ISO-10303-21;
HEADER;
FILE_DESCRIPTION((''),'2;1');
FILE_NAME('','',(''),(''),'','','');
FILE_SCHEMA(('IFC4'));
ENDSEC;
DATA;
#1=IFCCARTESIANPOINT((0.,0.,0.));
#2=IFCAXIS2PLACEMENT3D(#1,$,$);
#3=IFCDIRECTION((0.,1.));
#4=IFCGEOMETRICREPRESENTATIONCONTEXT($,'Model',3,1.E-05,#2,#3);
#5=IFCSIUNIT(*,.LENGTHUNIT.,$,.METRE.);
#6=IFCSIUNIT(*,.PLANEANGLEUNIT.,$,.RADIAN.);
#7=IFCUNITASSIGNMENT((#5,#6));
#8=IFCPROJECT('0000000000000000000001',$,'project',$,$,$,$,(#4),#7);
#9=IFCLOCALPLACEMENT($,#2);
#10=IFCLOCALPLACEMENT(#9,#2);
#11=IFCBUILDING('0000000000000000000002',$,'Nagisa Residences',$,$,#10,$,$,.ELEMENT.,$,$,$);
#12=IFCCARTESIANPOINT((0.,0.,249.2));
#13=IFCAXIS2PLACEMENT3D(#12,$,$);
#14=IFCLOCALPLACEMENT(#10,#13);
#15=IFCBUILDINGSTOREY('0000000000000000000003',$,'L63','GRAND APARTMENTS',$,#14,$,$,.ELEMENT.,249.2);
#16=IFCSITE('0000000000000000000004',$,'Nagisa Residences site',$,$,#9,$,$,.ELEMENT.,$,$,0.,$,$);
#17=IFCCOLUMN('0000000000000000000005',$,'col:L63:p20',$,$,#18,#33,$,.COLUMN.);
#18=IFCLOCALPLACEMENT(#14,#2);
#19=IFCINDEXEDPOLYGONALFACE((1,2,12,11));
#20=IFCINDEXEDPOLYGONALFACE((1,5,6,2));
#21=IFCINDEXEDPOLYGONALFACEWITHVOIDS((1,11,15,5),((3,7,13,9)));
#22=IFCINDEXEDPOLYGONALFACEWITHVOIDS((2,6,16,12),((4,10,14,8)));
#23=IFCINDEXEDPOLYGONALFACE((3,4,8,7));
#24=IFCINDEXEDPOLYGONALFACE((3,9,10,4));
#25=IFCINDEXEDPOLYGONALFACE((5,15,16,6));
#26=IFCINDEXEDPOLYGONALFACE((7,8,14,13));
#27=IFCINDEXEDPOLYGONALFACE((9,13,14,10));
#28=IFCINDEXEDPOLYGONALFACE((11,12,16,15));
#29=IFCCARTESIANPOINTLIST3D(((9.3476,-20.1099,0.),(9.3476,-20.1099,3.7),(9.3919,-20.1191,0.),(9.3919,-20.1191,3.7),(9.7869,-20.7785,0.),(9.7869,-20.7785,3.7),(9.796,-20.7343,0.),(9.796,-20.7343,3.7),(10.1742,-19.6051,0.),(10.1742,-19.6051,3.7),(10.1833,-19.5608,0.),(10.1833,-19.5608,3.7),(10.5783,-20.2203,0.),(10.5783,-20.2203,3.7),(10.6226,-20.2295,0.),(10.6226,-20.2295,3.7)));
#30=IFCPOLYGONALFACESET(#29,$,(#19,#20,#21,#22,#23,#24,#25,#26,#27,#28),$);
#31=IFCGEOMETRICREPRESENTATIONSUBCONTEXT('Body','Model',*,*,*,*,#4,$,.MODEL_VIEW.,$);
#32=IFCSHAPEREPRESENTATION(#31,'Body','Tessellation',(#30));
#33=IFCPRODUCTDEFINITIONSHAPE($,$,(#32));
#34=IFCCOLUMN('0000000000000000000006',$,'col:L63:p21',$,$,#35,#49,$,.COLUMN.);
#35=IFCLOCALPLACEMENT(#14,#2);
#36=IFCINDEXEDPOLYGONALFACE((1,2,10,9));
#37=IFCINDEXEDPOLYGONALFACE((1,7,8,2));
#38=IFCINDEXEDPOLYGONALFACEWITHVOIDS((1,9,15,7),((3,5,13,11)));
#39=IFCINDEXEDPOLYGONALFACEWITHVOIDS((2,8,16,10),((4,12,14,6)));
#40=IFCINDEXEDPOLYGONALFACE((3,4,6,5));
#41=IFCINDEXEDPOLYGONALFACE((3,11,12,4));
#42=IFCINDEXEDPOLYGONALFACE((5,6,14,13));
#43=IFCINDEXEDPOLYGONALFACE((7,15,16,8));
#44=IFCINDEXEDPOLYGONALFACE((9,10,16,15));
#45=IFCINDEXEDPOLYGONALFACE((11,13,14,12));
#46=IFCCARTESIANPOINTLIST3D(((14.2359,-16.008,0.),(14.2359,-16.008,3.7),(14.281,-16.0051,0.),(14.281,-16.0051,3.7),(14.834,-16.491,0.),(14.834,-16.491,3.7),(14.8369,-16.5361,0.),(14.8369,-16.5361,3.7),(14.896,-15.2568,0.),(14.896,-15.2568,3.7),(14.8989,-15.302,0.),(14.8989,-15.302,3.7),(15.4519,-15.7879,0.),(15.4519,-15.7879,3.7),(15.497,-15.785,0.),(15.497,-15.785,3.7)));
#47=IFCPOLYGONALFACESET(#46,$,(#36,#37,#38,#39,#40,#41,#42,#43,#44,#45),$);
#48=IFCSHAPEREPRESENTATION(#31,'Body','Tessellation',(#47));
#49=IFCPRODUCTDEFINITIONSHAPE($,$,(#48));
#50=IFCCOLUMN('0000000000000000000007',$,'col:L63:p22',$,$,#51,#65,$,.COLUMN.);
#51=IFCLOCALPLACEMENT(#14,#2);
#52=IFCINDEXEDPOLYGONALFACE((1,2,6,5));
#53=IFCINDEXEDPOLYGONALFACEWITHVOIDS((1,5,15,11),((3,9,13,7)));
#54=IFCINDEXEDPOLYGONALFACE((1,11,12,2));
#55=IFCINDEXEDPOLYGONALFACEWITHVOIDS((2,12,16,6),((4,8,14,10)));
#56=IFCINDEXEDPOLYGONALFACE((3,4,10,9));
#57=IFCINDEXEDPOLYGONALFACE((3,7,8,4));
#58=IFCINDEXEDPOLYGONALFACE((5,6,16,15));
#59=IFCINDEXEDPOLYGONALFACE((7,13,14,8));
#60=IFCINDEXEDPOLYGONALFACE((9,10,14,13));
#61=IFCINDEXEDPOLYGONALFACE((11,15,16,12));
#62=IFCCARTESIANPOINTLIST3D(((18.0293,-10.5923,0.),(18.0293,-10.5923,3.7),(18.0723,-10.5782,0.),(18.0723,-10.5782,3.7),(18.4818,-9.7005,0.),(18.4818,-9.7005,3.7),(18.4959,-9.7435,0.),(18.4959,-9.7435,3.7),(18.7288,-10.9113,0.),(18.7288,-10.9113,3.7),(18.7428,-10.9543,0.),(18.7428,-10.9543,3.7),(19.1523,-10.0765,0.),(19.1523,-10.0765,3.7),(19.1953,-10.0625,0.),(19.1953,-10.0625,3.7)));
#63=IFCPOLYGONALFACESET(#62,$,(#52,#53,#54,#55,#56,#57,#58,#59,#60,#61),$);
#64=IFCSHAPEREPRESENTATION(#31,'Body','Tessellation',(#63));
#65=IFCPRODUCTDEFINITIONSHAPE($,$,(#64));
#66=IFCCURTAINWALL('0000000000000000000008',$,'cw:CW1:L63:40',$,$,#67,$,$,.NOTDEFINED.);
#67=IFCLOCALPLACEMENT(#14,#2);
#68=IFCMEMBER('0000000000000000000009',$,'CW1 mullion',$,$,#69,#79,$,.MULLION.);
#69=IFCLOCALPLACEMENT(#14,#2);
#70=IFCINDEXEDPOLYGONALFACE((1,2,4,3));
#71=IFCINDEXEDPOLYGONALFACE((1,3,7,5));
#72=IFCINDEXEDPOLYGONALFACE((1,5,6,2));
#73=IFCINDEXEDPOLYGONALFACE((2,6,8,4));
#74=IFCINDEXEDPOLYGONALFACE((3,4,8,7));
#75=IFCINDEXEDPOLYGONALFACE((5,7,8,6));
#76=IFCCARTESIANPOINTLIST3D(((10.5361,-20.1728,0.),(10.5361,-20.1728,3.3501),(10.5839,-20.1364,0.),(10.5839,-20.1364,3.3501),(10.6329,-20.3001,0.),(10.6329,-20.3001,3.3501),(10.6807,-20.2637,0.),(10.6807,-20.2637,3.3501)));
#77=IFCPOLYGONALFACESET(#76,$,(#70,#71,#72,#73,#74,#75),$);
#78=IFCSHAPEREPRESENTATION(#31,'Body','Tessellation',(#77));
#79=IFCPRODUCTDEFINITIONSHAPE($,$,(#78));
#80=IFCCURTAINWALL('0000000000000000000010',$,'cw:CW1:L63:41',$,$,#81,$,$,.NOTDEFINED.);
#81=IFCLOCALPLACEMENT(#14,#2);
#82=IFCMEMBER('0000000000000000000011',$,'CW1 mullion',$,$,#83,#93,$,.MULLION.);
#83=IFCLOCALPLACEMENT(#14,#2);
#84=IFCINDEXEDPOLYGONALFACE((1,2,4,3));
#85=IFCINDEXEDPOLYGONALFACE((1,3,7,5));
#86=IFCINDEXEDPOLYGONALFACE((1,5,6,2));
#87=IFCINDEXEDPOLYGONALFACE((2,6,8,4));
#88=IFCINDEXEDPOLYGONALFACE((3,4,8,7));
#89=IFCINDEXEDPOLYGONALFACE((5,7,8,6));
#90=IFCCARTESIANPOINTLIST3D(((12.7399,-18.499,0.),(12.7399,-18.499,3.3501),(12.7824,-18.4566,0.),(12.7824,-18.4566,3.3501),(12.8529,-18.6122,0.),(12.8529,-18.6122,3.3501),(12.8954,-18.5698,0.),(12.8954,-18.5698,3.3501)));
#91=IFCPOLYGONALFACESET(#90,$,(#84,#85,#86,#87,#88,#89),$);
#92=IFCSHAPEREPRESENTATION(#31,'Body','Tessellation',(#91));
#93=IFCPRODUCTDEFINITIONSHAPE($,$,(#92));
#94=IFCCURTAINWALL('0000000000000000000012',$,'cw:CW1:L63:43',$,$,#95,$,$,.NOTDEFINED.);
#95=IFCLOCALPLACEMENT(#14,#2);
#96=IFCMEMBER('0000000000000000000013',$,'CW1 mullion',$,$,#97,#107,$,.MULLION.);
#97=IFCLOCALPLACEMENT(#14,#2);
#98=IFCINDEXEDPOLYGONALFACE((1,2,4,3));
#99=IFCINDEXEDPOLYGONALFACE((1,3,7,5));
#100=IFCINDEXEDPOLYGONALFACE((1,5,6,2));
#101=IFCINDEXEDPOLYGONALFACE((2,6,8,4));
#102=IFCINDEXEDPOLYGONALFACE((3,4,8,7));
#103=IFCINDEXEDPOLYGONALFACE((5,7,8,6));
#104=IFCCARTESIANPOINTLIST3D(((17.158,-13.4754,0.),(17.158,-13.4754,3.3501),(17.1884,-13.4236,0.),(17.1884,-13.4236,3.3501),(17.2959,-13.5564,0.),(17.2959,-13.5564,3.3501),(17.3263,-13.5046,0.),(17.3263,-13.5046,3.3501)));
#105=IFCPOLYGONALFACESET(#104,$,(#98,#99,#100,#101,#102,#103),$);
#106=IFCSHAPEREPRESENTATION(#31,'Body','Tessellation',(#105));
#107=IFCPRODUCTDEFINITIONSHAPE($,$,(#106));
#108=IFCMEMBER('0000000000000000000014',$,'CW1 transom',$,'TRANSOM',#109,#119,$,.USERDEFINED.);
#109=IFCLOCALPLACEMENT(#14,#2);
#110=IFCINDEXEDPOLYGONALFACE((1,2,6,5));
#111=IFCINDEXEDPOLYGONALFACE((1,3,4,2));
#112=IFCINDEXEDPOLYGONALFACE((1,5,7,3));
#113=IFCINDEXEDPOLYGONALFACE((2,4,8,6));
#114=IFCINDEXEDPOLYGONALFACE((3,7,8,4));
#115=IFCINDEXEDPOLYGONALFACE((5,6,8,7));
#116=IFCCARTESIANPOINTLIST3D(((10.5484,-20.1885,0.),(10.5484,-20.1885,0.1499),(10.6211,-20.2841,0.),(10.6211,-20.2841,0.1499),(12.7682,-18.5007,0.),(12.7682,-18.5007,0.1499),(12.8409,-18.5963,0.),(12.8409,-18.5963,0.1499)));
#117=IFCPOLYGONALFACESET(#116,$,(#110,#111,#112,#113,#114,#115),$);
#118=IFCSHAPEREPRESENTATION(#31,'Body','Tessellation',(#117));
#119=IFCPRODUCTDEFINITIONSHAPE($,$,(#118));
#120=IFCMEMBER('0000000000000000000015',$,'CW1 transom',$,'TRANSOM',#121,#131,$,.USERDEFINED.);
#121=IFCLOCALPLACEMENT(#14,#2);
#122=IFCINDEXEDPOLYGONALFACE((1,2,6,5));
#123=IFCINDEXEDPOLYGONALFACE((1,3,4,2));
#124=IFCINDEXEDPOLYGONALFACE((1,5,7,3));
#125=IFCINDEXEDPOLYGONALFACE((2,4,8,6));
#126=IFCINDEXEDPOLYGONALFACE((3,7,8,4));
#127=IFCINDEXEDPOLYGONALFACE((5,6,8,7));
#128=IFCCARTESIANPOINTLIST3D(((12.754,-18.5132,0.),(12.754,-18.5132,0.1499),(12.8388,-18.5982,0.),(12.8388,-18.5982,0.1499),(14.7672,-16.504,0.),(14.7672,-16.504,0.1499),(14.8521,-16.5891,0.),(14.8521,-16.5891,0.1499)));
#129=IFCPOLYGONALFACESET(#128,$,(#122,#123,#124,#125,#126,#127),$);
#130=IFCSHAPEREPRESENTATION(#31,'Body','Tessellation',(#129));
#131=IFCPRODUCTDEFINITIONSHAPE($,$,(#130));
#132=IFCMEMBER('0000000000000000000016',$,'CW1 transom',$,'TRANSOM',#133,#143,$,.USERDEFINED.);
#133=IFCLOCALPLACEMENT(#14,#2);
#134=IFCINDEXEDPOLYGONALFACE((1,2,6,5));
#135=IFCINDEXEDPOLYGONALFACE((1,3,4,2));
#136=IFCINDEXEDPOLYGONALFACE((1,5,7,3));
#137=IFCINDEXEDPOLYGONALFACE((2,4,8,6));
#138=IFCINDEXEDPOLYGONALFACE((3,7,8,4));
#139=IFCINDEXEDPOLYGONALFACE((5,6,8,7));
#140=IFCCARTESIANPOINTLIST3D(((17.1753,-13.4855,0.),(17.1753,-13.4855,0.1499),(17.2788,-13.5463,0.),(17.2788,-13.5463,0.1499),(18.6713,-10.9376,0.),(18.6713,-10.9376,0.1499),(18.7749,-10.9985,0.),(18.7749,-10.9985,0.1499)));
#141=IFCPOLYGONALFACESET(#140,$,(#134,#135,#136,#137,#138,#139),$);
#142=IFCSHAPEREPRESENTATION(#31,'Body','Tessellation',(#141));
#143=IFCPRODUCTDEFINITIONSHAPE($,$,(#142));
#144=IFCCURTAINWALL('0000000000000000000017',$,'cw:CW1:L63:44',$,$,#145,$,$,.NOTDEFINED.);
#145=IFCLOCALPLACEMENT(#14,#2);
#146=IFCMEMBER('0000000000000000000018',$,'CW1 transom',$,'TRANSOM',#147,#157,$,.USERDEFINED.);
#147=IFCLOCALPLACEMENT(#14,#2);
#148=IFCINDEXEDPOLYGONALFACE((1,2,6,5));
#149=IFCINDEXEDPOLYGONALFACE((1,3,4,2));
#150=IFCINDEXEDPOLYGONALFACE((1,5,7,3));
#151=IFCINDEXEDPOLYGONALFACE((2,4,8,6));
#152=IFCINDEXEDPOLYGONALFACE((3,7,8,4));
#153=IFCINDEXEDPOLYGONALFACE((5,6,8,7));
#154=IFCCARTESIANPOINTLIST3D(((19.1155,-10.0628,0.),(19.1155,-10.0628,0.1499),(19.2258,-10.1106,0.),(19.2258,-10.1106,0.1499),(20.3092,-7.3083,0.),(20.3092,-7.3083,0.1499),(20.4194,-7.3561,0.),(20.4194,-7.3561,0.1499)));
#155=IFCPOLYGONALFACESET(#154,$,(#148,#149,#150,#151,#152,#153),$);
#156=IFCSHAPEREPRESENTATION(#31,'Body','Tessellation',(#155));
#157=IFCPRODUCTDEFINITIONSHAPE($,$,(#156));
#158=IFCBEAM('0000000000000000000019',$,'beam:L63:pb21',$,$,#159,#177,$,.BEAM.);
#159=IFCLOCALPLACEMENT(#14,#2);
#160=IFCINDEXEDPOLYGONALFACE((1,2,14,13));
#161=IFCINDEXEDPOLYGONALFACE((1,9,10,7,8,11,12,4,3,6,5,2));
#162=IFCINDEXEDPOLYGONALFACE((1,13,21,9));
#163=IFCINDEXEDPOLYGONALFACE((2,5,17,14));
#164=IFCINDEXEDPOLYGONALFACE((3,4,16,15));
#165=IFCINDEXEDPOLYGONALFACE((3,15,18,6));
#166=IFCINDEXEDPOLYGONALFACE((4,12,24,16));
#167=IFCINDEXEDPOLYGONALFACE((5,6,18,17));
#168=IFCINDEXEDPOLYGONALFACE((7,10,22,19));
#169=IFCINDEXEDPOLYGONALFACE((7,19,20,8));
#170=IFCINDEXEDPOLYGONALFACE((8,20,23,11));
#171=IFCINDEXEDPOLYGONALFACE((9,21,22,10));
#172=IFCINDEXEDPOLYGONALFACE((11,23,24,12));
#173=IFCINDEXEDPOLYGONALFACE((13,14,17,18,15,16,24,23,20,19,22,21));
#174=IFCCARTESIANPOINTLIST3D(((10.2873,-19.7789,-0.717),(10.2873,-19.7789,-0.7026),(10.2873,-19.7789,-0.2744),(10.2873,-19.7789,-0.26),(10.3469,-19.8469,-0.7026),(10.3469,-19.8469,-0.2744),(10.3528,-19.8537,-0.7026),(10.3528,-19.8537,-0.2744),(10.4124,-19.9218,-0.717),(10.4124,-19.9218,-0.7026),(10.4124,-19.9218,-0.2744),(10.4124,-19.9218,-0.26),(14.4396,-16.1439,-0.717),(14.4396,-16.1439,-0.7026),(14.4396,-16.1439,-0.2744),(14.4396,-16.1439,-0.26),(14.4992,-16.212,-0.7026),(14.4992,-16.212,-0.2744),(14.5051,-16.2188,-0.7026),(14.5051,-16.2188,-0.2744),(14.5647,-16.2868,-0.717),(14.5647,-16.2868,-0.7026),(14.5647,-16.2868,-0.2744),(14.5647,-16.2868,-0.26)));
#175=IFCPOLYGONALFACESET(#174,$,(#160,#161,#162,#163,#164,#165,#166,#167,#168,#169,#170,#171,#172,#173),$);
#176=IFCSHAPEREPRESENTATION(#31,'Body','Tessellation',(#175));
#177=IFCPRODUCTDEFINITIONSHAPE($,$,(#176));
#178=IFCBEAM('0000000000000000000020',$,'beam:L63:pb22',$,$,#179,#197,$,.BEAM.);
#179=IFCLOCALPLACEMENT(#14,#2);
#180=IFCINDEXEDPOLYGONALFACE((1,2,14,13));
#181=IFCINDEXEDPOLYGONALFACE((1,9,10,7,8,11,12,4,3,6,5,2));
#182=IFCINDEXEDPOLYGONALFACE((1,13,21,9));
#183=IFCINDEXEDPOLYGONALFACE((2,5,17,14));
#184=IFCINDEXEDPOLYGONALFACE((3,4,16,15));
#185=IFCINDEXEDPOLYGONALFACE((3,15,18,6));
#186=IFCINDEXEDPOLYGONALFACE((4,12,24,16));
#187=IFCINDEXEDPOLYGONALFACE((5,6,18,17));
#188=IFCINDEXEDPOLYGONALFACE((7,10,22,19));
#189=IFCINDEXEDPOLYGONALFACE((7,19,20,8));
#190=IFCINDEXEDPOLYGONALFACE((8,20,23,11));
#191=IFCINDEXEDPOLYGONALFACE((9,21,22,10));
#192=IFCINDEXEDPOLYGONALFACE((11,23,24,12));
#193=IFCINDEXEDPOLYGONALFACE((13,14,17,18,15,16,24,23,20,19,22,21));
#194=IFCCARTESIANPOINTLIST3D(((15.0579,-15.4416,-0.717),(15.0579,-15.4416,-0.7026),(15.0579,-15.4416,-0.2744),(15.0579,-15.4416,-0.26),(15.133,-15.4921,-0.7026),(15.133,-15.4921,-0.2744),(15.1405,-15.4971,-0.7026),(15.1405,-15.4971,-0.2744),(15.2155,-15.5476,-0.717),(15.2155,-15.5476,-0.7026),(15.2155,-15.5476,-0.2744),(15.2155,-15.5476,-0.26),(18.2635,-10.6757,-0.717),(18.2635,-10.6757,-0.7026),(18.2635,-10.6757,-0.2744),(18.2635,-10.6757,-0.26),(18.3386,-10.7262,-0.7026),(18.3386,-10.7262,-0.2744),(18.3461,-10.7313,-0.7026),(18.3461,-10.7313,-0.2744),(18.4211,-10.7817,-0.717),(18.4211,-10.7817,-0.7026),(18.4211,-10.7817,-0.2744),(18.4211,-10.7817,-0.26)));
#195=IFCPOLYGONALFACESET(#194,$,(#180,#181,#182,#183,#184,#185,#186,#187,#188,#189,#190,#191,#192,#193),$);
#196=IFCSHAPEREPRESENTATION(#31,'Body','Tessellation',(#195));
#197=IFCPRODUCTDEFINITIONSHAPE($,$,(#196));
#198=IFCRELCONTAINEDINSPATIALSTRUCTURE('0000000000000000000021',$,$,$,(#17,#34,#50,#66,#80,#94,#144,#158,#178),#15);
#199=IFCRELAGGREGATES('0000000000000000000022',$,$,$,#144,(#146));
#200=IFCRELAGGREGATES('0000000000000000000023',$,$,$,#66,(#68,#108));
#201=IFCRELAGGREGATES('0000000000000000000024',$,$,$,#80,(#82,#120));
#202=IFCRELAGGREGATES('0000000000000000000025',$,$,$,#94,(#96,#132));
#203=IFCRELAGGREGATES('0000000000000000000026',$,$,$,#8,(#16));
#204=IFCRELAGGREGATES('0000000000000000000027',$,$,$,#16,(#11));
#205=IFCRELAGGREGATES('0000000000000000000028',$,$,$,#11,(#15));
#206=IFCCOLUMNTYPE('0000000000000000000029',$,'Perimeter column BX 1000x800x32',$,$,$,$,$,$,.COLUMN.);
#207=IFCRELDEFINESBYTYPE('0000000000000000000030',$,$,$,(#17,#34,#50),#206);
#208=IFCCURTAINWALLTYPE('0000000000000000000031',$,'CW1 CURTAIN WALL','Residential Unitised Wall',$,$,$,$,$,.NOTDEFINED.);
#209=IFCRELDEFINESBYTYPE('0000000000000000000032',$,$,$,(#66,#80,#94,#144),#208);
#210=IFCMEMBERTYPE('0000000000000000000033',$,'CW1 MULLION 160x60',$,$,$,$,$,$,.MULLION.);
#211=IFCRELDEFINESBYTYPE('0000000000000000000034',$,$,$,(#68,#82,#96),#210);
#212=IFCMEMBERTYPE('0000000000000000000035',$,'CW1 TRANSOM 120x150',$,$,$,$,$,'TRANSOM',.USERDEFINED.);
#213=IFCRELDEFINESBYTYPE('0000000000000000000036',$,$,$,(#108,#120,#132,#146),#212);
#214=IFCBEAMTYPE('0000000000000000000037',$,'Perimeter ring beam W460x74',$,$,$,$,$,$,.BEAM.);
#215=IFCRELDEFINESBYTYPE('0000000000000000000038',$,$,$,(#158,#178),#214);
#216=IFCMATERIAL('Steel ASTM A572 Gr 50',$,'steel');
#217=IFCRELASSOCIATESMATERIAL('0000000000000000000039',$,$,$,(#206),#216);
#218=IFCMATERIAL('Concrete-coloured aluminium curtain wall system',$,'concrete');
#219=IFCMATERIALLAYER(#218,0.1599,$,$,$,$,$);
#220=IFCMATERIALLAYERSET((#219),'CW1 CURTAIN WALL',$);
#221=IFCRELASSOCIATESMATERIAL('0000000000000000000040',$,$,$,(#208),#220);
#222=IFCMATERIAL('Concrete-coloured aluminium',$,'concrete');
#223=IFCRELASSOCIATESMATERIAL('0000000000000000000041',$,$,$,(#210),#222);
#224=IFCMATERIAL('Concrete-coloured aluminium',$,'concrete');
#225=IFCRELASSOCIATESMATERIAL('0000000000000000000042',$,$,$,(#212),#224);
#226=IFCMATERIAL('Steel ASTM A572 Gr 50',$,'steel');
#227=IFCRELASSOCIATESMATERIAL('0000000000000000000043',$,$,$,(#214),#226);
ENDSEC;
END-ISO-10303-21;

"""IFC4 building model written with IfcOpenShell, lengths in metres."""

from ifc_helpers import new_model, si_unit, direction, frame, origin, origin_2d, place, context, subcontext, project, spatial, rectangle, hollow_rectangle, i_section, extrude, material, layer, layer_set, material_profile, profile_set, type_object, element, aggregate, save


model = new_model("IFC4")

# Units and contexts
model_context = context("Model", 3, precision=1e-05, world=origin(), true_north=direction((0.0, 1.0)))
body_context = subcontext(model_context, "Body", "Model", "MODEL_VIEW")
ifc_project = project(units=[si_unit("LENGTHUNIT", "METRE"), si_unit("PLANEANGLEUNIT", "RADIAN")], contexts=[model_context])

# Site, building, storey
site_placement = place(None, origin())
site = spatial("IfcSite", under=ifc_project, at=site_placement, Name="Nagisa Residences site", CompositionType="ELEMENT", RefElevation=0.0)
building_placement = place(site_placement, origin())
building = spatial("IfcBuilding", under=site, at=building_placement, Name="Nagisa Residences", CompositionType="ELEMENT")
storey_placement = place(building_placement, frame((0.0, 0.0, 249.2)))
storey = spatial("IfcBuildingStorey", under=building, at=storey_placement, Name="L63", Description="GRAND APARTMENTS", CompositionType="ELEMENT", Elevation=249.2)

# Columns
ifc_material_1 = material(Name="Steel ASTM A572 Gr 50", Category="steel")
ifc_material_profile_1 = material_profile(ifc_material_1, hollow_rectangle(XDim=1.0, YDim=0.8, WallThickness=0.032, at=origin_2d()), Name="BX 1000x800x32")
ifc_profile_set_1 = profile_set([ifc_material_profile_1], Name="Steel ASTM A572 Gr 50")
column_type = type_object("IfcColumnType", Name="Perimeter column BX 1000x800x32", PredefinedType="COLUMN", material=ifc_profile_set_1)
for number, where, z_axis, x_axis, name in (
    (1, (9.9851, -20.1697, 0.0), (0.0, 0.0, 1.0), (0.835766, 0.549086, 0.0), "col:L63:p20"),
    (2, (14.8665, -15.8965, 0.0), (0.0, 0.0, 1.0), (0.660115, 0.751165, 0.0), "col:L63:p21"),
    (3, (18.6123, -10.3274, 0.0), (0.0, 0.0, 1.0), (0.452463, 0.891783, 0.0), "col:L63:p22"),
):
    element("IfcColumn", number, at=place(storey_placement, frame(where, z_axis=z_axis, x_axis=x_axis)), inside=storey, type_object=column_type, Name=name, PredefinedType="COLUMN", context=body_context, shape_type="SweptSolid", body=[
        extrude(hollow_rectangle(XDim=1.0, YDim=0.8, WallThickness=0.032, at=origin_2d()), origin(), (0.0, 0.0, 1.0), 3.7),
    ])

# Curtain walls, members
ifc_material_2 = material(Name="Concrete-coloured aluminium curtain wall system", Category="concrete")
ifc_layer_1 = layer(ifc_material_2, 0.1599)
ifc_layer_set_1 = layer_set([ifc_layer_1], Name="CW1 CURTAIN WALL")
curtain_wall_type = type_object("IfcCurtainWallType", Name="CW1 CURTAIN WALL", Description="Residential Unitised Wall", PredefinedType="NOTDEFINED", material=ifc_layer_set_1)
curtain_wall_1_placement = place(storey_placement, origin())
curtain_wall_1 = element("IfcCurtainWall", 4, at=curtain_wall_1_placement, inside=storey, type_object=curtain_wall_type, Name="cw:CW1:L63:40", PredefinedType="NOTDEFINED")
ifc_material_3 = material(Name="Concrete-coloured aluminium", Category="concrete")
ifc_material_profile_2 = material_profile(ifc_material_3, rectangle(XDim=0.1599, YDim=0.0601, at=origin_2d()), Name="CW1 MULLION 160x60")
ifc_profile_set_2 = profile_set([ifc_material_profile_2], Name="Concrete-coloured aluminium")
member_type_1 = type_object("IfcMemberType", Name="CW1 MULLION 160x60", PredefinedType="MULLION", material=ifc_profile_set_2)
member_1_placement = place(storey_placement, frame((10.6084, -20.2183, 0.0), z_axis=(0.0, 0.0, 1.0), x_axis=(-0.605255, 0.796031, 0.0)))
member_1 = element("IfcMember", 5, at=member_1_placement, type_object=member_type_1, Name="CW1 mullion", PredefinedType="MULLION", context=body_context, shape_type="SweptSolid", body=[
    extrude(rectangle(XDim=0.1599, YDim=0.0601, at=origin_2d()), origin(), (0.0, 0.0, 1.0), 3.3501),
])
curtain_wall_2_placement = place(storey_placement, origin())
curtain_wall_2 = element("IfcCurtainWall", 6, at=curtain_wall_2_placement, inside=storey, type_object=curtain_wall_type, Name="cw:CW1:L63:41", PredefinedType="NOTDEFINED")
member_2_placement = place(storey_placement, frame((12.8176, -18.5344, 0.0), z_axis=(0.0, 0.0, 1.0), x_axis=(-0.706377, 0.707836, 0.0)))
member_2 = element("IfcMember", 7, at=member_2_placement, type_object=member_type_1, Name="CW1 mullion", PredefinedType="MULLION", context=body_context, shape_type="SweptSolid", body=[
    extrude(rectangle(XDim=0.1599, YDim=0.0601, at=origin_2d()), origin(), (0.0, 0.0, 1.0), 3.3501),
])
curtain_wall_3_placement = place(storey_placement, origin())
curtain_wall_3 = element("IfcCurtainWall", 8, at=curtain_wall_3_placement, inside=storey, type_object=curtain_wall_type, Name="cw:CW1:L63:43", PredefinedType="NOTDEFINED")
member_3_placement = place(storey_placement, frame((17.2422, -13.49, 0.0), z_axis=(0.0, 0.0, 1.0), x_axis=(-0.862329, 0.506349, 0.0)))
member_3 = element("IfcMember", 9, at=member_3_placement, type_object=member_type_1, Name="CW1 mullion", PredefinedType="MULLION", context=body_context, shape_type="SweptSolid", body=[
    extrude(rectangle(XDim=0.1599, YDim=0.0601, at=origin_2d()), origin(), (0.0, 0.0, 1.0), 3.3501),
])

# Members
ifc_material_4 = material(Name="Concrete-coloured aluminium", Category="concrete")
ifc_material_profile_3 = material_profile(ifc_material_4, rectangle(XDim=0.1201, YDim=0.1499, at=origin_2d()), Name="CW1 TRANSOM 120x150")
ifc_profile_set_3 = profile_set([ifc_material_profile_3], Name="Concrete-coloured aluminium")
member_type_2 = type_object("IfcMemberType", Name="CW1 TRANSOM 120x150", ElementType="TRANSOM", PredefinedType="USERDEFINED", material=ifc_profile_set_3)
member_4_placement = place(storey_placement, frame((10.5847, -20.2363, 0.075), z_axis=(0.796032, 0.605254, 0.0), x_axis=(-0.605254, 0.796032, 0.0)))
member_4 = element("IfcMember", 10, at=member_4_placement, type_object=member_type_2, Name="CW1 transom", ObjectType="TRANSOM", PredefinedType="USERDEFINED", context=body_context, shape_type="SweptSolid", body=[
    extrude(rectangle(XDim=0.1201, YDim=0.1499, at=origin_2d()), origin(), (0.0, 0.0, 1.0), 2.7886),
])
member_5_placement = place(storey_placement, frame((12.7964, -18.5557, 0.075), z_axis=(0.707836, 0.706377, 0.0), x_axis=(-0.706377, 0.707836, 0.0)))
member_5 = element("IfcMember", 11, at=member_5_placement, type_object=member_type_2, Name="CW1 transom", ObjectType="TRANSOM", PredefinedType="USERDEFINED", context=body_context, shape_type="SweptSolid", body=[
    extrude(rectangle(XDim=0.1201, YDim=0.1499, at=origin_2d()), origin(), (0.0, 0.0, 1.0), 2.8442),
])
member_6_placement = place(storey_placement, frame((17.2271, -13.5159, 0.075), z_axis=(0.506356, 0.862325, 0.0), x_axis=(-0.862325, 0.506356, 0.0)))
member_6 = element("IfcMember", 12, at=member_6_placement, type_object=member_type_2, Name="CW1 transom", ObjectType="TRANSOM", PredefinedType="USERDEFINED", context=body_context, shape_type="SweptSolid", body=[
    extrude(rectangle(XDim=0.1201, YDim=0.1499, at=origin_2d()), origin(), (0.0, 0.0, 1.0), 2.9546),
])

# Curtain wall, member
curtain_wall_4_placement = place(storey_placement, origin())
curtain_wall_4 = element("IfcCurtainWall", 13, at=curtain_wall_4_placement, inside=storey, type_object=curtain_wall_type, Name="cw:CW1:L63:44", PredefinedType="NOTDEFINED")
member_7_placement = place(storey_placement, frame((19.1707, -10.0867, 0.075), z_axis=(0.397617, 0.917552, 0.0), x_axis=(-0.917552, 0.397617, 0.0)))
member_7 = element("IfcMember", 14, at=member_7_placement, type_object=member_type_2, Name="CW1 transom", ObjectType="TRANSOM", PredefinedType="USERDEFINED", context=body_context, shape_type="SweptSolid", body=[
    extrude(rectangle(XDim=0.1201, YDim=0.1499, at=origin_2d()), origin(), (0.0, 0.0, 1.0), 3.002),
])
aggregate(curtain_wall_4, [member_7])

# Beams
ifc_material_5 = material(Name="Steel ASTM A572 Gr 50", Category="steel")
ifc_material_profile_4 = material_profile(ifc_material_5, i_section(OverallWidth=0.1899, OverallDepth=0.457, WebThickness=0.009, FlangeThickness=0.0144, at=origin_2d()), Name="W460x74")
ifc_profile_set_4 = profile_set([ifc_material_profile_4], Name="Steel ASTM A572 Gr 50")
beam_type_1 = type_object("IfcBeamType", Name="Perimeter ring beam W460x74", PredefinedType="BEAM", material=ifc_profile_set_4)
beam_1_placement = place(storey_placement, frame((10.3499, -19.8503, -0.4885), z_axis=(0.752423, 0.65868, 0.0), x_axis=(-0.65868, 0.752423, 0.0)))
element("IfcBeam", 15, at=beam_1_placement, inside=storey, type_object=beam_type_1, Name="beam:L63:pb21", PredefinedType="BEAM", context=body_context, shape_type="SweptSolid", body=[
    extrude(i_section(OverallWidth=0.1899, OverallDepth=0.457, WebThickness=0.009, FlangeThickness=0.0144, at=origin_2d()), origin(), (0.0, 0.0, 1.0), 5.5186),
])
beam_2_placement = place(storey_placement, frame((15.1367, -15.4946, -0.4885), z_axis=(0.558109, 0.829768, 0.0), x_axis=(-0.829768, 0.558109, 0.0)))
element("IfcBeam", 16, at=beam_2_placement, inside=storey, type_object=beam_type_1, Name="beam:L63:pb22", PredefinedType="BEAM", context=body_context, shape_type="SweptSolid", body=[
    extrude(i_section(OverallWidth=0.1899, OverallDepth=0.457, WebThickness=0.009, FlangeThickness=0.0144, at=origin_2d()), origin(), (0.0, 0.0, 1.0), 5.7437),
])

aggregate(curtain_wall_1, [member_1, member_4])
aggregate(curtain_wall_2, [member_2, member_5])
aggregate(curtain_wall_3, [member_3, member_6])

save(model, "model.ifc")
